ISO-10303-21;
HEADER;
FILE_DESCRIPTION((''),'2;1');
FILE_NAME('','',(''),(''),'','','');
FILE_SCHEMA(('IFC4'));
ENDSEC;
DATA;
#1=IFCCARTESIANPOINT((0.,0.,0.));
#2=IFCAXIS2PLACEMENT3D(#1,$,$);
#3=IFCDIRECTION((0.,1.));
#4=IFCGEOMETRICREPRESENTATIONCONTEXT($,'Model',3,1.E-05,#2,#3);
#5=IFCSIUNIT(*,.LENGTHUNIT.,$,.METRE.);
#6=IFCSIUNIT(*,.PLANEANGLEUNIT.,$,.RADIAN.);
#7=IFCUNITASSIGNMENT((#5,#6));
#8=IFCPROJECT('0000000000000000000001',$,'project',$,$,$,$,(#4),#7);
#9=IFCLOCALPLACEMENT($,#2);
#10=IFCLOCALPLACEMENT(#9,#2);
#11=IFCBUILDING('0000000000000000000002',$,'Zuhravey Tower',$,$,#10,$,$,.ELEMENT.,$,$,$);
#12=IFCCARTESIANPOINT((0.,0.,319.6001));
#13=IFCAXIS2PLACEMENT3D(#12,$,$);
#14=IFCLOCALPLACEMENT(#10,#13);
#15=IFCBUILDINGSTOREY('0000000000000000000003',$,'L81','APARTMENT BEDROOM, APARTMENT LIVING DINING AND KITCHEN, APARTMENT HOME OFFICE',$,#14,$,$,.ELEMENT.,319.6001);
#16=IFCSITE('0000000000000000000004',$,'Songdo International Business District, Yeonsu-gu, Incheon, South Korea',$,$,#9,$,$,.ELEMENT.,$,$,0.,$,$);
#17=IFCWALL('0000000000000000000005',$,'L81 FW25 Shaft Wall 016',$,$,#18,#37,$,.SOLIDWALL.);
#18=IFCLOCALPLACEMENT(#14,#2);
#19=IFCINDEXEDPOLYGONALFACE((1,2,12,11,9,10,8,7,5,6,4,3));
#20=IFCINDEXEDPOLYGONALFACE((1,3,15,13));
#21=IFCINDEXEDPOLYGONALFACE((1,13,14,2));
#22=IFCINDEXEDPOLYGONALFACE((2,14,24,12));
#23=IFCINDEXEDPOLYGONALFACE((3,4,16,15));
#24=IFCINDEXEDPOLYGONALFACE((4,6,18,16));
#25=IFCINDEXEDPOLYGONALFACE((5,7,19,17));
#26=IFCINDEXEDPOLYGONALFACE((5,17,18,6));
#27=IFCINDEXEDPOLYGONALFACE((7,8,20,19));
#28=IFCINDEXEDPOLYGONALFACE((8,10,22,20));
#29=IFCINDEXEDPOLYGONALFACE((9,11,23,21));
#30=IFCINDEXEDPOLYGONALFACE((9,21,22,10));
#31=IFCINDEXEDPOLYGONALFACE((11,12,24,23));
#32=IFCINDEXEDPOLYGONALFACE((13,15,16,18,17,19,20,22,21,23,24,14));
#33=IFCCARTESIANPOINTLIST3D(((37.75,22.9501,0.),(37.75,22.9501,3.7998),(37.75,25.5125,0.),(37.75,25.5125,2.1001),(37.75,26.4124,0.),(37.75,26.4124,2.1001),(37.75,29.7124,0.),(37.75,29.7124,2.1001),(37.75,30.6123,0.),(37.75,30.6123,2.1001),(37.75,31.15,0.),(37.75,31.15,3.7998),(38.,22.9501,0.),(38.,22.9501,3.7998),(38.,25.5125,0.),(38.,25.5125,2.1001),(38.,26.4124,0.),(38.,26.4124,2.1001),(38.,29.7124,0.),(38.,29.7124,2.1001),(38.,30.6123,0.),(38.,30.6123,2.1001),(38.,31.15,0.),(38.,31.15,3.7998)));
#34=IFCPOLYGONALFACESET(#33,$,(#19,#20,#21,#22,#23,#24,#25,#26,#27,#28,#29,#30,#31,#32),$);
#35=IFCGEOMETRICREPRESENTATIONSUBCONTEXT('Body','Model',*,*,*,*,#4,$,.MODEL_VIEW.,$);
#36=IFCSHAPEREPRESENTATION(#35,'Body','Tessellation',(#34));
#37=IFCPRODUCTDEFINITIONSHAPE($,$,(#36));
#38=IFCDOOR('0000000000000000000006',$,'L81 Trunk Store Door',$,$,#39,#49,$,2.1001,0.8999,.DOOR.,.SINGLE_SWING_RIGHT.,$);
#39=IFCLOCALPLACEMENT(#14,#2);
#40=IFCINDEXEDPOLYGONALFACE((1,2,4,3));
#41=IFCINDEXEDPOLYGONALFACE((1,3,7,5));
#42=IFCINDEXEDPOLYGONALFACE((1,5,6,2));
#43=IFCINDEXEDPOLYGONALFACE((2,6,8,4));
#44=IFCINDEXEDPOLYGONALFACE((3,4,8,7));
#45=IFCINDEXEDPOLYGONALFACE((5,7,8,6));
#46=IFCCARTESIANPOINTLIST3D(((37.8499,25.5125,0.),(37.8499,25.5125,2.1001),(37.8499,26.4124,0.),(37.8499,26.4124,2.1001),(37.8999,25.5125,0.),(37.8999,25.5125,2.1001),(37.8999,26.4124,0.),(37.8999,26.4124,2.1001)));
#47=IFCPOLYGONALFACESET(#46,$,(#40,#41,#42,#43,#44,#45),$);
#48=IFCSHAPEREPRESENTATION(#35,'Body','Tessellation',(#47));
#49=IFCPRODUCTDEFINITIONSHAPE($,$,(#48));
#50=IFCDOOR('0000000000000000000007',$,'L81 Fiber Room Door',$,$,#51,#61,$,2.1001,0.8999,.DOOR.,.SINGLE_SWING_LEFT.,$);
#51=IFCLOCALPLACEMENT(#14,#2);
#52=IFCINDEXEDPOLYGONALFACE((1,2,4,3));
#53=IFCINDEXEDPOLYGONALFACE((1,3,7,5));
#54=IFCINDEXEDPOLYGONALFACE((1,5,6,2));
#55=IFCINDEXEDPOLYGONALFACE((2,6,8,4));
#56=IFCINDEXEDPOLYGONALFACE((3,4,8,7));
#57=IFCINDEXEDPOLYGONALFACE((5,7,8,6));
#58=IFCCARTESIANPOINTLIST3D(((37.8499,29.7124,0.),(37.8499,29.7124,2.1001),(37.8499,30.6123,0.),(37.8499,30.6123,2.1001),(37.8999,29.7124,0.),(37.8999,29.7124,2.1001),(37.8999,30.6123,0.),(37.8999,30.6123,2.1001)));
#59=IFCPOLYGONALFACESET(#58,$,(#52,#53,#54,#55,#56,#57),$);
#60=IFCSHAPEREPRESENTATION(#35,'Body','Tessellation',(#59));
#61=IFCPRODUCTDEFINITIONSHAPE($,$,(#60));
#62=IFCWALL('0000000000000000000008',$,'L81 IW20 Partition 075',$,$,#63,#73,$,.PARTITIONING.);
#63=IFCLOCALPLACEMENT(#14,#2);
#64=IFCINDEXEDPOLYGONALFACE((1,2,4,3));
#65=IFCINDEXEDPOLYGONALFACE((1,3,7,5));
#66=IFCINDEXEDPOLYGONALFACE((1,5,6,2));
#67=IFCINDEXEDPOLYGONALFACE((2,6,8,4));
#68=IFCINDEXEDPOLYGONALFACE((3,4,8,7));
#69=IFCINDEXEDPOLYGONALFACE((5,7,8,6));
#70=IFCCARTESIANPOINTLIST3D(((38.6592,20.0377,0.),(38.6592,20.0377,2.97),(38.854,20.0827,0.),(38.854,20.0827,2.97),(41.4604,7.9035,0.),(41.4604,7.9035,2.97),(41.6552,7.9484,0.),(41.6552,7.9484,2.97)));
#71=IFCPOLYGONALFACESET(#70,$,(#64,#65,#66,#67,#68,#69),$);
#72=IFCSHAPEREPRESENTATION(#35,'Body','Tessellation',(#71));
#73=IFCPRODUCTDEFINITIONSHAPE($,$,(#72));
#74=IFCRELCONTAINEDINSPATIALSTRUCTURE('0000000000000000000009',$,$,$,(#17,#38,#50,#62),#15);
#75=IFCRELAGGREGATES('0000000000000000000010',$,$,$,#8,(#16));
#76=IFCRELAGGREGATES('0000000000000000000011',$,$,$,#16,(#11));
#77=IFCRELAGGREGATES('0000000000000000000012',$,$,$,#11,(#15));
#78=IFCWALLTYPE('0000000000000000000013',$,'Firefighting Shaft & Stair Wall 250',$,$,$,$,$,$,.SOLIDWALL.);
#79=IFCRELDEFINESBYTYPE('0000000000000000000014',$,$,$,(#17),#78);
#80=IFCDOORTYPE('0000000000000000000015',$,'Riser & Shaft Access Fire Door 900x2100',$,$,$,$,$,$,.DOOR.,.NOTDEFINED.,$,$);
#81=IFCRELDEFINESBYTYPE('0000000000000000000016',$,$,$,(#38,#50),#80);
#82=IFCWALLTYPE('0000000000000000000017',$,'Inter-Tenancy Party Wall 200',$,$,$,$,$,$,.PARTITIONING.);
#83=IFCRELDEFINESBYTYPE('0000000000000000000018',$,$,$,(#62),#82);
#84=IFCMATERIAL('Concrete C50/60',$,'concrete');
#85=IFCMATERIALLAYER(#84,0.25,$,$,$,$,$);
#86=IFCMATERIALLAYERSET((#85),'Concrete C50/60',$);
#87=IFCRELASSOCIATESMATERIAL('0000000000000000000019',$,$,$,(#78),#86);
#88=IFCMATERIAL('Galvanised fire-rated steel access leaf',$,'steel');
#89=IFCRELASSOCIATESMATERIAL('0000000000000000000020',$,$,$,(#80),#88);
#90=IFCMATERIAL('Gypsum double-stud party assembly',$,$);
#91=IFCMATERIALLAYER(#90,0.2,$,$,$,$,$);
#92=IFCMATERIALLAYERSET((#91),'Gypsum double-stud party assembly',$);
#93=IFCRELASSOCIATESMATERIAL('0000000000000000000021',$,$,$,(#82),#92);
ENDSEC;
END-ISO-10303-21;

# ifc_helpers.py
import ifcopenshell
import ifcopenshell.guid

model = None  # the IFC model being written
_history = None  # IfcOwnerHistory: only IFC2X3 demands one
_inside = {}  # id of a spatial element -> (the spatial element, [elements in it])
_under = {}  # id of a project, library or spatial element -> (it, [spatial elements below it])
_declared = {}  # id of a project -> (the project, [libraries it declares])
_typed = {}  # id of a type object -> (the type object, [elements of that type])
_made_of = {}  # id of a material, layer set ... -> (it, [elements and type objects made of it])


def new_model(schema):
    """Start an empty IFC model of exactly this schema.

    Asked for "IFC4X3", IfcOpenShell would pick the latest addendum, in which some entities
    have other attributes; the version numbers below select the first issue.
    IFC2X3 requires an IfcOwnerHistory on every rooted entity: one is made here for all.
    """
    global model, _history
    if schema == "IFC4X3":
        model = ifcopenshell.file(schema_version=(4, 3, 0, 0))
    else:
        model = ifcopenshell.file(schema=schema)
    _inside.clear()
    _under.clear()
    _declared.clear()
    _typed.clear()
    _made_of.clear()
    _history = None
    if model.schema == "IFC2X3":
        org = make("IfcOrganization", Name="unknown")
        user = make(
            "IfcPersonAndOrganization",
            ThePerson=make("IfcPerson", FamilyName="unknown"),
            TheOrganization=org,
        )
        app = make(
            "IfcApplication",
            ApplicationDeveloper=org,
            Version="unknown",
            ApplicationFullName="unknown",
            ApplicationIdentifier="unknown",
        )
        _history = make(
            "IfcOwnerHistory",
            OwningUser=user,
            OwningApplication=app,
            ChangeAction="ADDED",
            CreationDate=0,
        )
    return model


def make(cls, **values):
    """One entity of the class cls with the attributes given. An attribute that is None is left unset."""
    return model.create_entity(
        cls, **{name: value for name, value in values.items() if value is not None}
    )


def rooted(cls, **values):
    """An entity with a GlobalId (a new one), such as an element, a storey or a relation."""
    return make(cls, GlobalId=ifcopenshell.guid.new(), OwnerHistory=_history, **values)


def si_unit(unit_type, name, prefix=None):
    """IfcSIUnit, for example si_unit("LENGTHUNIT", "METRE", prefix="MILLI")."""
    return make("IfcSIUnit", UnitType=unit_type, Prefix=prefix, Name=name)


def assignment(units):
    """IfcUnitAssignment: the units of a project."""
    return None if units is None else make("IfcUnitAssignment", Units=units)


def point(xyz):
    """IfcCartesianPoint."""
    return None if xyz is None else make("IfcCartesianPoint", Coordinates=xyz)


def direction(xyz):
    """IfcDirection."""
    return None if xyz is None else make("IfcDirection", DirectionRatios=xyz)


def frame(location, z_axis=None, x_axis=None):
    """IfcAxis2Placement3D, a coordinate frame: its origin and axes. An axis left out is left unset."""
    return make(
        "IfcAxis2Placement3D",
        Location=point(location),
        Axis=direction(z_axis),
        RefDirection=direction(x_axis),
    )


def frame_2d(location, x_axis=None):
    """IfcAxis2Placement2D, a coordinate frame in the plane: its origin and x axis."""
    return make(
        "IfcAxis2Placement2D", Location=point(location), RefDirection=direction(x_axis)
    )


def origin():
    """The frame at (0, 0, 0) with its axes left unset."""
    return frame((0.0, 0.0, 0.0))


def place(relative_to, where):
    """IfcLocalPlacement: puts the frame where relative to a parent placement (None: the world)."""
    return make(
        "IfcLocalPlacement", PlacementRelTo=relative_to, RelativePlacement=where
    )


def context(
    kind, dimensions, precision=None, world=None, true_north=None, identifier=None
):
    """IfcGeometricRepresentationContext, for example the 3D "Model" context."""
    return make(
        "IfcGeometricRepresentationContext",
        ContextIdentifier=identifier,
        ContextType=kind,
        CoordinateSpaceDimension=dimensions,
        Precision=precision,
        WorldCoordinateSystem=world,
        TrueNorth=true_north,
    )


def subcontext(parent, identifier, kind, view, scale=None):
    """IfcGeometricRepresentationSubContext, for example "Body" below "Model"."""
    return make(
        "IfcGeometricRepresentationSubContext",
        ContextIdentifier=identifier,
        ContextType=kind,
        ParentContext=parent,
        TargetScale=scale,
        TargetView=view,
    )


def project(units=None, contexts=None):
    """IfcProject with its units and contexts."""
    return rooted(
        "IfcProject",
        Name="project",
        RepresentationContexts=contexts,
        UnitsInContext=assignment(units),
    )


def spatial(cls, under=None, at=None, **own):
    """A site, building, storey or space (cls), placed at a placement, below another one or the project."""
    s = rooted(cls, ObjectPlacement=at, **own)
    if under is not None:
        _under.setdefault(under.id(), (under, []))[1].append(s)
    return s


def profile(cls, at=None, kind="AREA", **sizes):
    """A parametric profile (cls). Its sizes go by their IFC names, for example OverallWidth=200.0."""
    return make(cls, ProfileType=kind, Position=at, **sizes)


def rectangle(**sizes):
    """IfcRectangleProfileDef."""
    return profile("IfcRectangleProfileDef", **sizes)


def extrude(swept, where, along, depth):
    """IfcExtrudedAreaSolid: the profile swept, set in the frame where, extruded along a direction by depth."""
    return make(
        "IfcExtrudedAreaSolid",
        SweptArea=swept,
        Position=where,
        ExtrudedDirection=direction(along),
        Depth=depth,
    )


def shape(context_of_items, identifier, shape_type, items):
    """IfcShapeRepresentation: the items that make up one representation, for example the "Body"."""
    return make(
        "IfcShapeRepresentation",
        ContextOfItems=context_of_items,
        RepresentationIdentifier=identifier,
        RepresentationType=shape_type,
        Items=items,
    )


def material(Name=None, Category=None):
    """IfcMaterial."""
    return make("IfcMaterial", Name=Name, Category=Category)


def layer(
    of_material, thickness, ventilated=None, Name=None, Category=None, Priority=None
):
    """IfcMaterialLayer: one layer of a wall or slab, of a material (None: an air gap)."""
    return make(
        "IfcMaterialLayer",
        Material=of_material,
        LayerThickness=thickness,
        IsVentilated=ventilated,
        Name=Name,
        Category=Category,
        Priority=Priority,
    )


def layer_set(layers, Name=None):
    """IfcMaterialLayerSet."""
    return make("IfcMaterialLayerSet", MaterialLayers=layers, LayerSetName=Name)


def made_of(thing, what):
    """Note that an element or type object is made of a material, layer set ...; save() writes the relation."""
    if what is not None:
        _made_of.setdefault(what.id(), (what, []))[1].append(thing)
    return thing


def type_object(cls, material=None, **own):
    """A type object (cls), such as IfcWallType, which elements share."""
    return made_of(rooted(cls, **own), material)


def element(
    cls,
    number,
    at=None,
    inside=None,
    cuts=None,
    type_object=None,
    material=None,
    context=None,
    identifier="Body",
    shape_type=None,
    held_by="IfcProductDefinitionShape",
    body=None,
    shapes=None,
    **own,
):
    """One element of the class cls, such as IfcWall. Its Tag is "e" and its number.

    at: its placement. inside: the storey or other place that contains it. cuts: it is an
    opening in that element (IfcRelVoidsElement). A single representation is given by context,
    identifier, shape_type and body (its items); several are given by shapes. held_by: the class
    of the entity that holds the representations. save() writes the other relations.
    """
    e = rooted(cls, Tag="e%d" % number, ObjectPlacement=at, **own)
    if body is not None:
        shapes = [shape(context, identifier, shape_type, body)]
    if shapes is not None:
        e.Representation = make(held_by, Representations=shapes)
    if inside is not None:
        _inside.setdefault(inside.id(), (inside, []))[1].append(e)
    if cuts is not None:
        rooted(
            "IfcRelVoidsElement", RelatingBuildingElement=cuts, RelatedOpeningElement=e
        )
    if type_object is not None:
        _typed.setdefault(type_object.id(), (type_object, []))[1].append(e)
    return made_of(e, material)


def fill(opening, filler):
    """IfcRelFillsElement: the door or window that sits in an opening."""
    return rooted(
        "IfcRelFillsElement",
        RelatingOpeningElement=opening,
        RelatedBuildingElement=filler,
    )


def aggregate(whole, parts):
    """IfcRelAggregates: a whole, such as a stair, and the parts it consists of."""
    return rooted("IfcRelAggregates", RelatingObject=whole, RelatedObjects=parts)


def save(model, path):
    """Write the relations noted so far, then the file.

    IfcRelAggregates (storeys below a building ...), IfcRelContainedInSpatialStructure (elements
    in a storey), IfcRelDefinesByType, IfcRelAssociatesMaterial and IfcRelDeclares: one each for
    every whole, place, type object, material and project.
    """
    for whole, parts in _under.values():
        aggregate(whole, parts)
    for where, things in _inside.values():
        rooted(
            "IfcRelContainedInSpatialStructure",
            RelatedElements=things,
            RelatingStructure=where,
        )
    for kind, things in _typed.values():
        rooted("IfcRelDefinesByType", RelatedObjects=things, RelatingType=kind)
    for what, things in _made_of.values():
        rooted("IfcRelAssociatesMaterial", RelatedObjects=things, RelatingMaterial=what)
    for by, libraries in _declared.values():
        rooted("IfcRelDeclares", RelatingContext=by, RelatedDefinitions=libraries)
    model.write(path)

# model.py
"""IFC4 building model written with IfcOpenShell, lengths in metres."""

from ifc_helpers import new_model, si_unit, direction, frame, frame_2d, origin, place, context, subcontext, project, spatial, rectangle, extrude, material, layer, layer_set, type_object, element, fill, save


model = new_model("IFC4")

# Units and contexts
model_context = context("Model", 3, precision=1e-05, world=origin(), true_north=direction((0.0, 1.0)))
body_context = subcontext(model_context, "Body", "Model", "MODEL_VIEW")
ifc_project = project(units=[si_unit("LENGTHUNIT", "METRE"), si_unit("PLANEANGLEUNIT", "RADIAN")], contexts=[model_context])

# Site, building, storey
site_placement = place(None, origin())
site = spatial("IfcSite", under=ifc_project, at=site_placement, Name="Songdo International Business District, Yeonsu-gu, Incheon, South Korea", CompositionType="ELEMENT", RefElevation=0.0)
building_placement = place(site_placement, origin())
building = spatial("IfcBuilding", under=site, at=building_placement, Name="Zuhravey Tower", CompositionType="ELEMENT")
storey_placement = place(building_placement, frame((0.0, 0.0, 319.6001)))
storey = spatial("IfcBuildingStorey", under=building, at=storey_placement, Name="L81", Description="APARTMENT BEDROOM, APARTMENT LIVING DINING AND KITCHEN, APARTMENT HOME OFFICE", CompositionType="ELEMENT", Elevation=319.6001)

# Shared definitions
ifc_material_1 = material(Name="Concrete C50/60", Category="concrete")

# Shared definitions
ifc_layer_1 = layer(ifc_material_1, 0.25)
ifc_layer_set_1 = layer_set([ifc_layer_1], Name="Concrete C50/60")
wall_type_1 = type_object("IfcWallType", Name="Firefighting Shaft & Stair Wall 250", PredefinedType="SOLIDWALL", material=ifc_layer_set_1)

# Shared definitions
ifc_material_2 = material(Name="Galvanised fire-rated steel access leaf", Category="steel")
door_type_1 = type_object("IfcDoorType", Name="Riser & Shaft Access Fire Door 900x2100", OperationType="NOTDEFINED", PredefinedType="DOOR", material=ifc_material_2)

# Wall, openings, doors
wall_1_placement = place(storey_placement, frame((37.875, 22.95, 0.0), z_axis=(0.0, 0.0, 1.0), x_axis=(0.0, 1.0, 0.0)))
wall_1 = element("IfcWall", 1, at=wall_1_placement, inside=storey, type_object=wall_type_1, Name="L81 FW25 Shaft Wall 016", PredefinedType="SOLIDWALL", context=body_context, shape_type="SweptSolid", body=[
    extrude(rectangle(XDim=8.2, YDim=0.25, at=frame_2d((4.1001, 0.0))), origin(), (0.0, 0.0, 1.0), 3.7998),
])
opening_1_placement = place(wall_1_placement, frame((2.5625, 0.0, 0.0)))
opening_1 = element("IfcOpeningElement", 2, at=opening_1_placement, cuts=wall_1, PredefinedType="OPENING", context=body_context, shape_type="SweptSolid", body=[
    extrude(rectangle(XDim=0.8999, YDim=2.1001, at=frame_2d((0.45, 1.05))), frame((0.0, 0.137, 0.0), z_axis=(0.0, -1.0, 0.0), x_axis=(1.0, 0.0, 0.0)), (0.0, 0.0, 1.0), 0.2739),
])
opening_2_placement = place(wall_1_placement, frame((6.7625, 0.0, 0.0)))
opening_2 = element("IfcOpeningElement", 3, at=opening_2_placement, cuts=wall_1, PredefinedType="OPENING", context=body_context, shape_type="SweptSolid", body=[
    extrude(rectangle(XDim=0.8999, YDim=2.1001, at=frame_2d((0.45, 1.05))), frame((0.0, 0.137, 0.0), z_axis=(0.0, -1.0, 0.0), x_axis=(1.0, 0.0, 0.0)), (0.0, 0.0, 1.0), 0.2739),
])
door_1_placement = place(opening_1_placement, frame((0.8999, 0.0, 0.0), z_axis=(0.0, 0.0, 1.0), x_axis=(-1.0, 0.0, 0.0)))
door_1 = element("IfcDoor", 4, at=door_1_placement, inside=storey, type_object=door_type_1, Name="L81 Trunk Store Door", OperationType="SINGLE_SWING_RIGHT", OverallHeight=2.1001, OverallWidth=0.8999, PredefinedType="DOOR", context=body_context, shape_type="SweptSolid", body=[
    extrude(rectangle(XDim=0.8999, YDim=2.1001, at=frame_2d((0.45, 1.05))), frame((0.0, 0.0249, 0.0), z_axis=(0.0, -1.0, 0.0), x_axis=(1.0, 0.0, 0.0)), (0.0, 0.0, 1.0), 0.05),
])
fill(opening_1, door_1)
door_2_placement = place(opening_2_placement, frame((0.8999, 0.0, 0.0), z_axis=(0.0, 0.0, 1.0), x_axis=(-1.0, 0.0, 0.0)))
door_2 = element("IfcDoor", 5, at=door_2_placement, inside=storey, type_object=door_type_1, Name="L81 Fiber Room Door", OperationType="SINGLE_SWING_LEFT", OverallHeight=2.1001, OverallWidth=0.8999, PredefinedType="DOOR", context=body_context, shape_type="SweptSolid", body=[
    extrude(rectangle(XDim=0.8999, YDim=2.1001, at=frame_2d((0.45, 1.05))), frame((0.0, 0.0249, 0.0), z_axis=(0.0, -1.0, 0.0), x_axis=(1.0, 0.0, 0.0)), (0.0, 0.0, 1.0), 0.05),
])
fill(opening_2, door_2)

# Wall
ifc_material_3 = material(Name="Gypsum double-stud party assembly")
ifc_layer_2 = layer(ifc_material_3, 0.2)
ifc_layer_set_2 = layer_set([ifc_layer_2], Name="Gypsum double-stud party assembly")
wall_type_2 = type_object("IfcWallType", Name="Inter-Tenancy Party Wall 200", PredefinedType="PARTITIONING", material=ifc_layer_set_2)
wall_2_placement = place(storey_placement, frame((38.7566, 20.0601, 0.0), z_axis=(0.0, 0.0, 1.0), x_axis=(0.22494, -0.974373, 0.0)))
element("IfcWall", 6, at=wall_2_placement, inside=storey, type_object=wall_type_2, Name="L81 IW20 Partition 075", PredefinedType="PARTITIONING", context=body_context, shape_type="SweptSolid", body=[
    extrude(rectangle(XDim=12.4534, YDim=0.2, at=frame_2d((6.2266, 0.0))), origin(), (0.0, 0.0, 1.0), 2.97),
])

save(model, "model.ifc")
